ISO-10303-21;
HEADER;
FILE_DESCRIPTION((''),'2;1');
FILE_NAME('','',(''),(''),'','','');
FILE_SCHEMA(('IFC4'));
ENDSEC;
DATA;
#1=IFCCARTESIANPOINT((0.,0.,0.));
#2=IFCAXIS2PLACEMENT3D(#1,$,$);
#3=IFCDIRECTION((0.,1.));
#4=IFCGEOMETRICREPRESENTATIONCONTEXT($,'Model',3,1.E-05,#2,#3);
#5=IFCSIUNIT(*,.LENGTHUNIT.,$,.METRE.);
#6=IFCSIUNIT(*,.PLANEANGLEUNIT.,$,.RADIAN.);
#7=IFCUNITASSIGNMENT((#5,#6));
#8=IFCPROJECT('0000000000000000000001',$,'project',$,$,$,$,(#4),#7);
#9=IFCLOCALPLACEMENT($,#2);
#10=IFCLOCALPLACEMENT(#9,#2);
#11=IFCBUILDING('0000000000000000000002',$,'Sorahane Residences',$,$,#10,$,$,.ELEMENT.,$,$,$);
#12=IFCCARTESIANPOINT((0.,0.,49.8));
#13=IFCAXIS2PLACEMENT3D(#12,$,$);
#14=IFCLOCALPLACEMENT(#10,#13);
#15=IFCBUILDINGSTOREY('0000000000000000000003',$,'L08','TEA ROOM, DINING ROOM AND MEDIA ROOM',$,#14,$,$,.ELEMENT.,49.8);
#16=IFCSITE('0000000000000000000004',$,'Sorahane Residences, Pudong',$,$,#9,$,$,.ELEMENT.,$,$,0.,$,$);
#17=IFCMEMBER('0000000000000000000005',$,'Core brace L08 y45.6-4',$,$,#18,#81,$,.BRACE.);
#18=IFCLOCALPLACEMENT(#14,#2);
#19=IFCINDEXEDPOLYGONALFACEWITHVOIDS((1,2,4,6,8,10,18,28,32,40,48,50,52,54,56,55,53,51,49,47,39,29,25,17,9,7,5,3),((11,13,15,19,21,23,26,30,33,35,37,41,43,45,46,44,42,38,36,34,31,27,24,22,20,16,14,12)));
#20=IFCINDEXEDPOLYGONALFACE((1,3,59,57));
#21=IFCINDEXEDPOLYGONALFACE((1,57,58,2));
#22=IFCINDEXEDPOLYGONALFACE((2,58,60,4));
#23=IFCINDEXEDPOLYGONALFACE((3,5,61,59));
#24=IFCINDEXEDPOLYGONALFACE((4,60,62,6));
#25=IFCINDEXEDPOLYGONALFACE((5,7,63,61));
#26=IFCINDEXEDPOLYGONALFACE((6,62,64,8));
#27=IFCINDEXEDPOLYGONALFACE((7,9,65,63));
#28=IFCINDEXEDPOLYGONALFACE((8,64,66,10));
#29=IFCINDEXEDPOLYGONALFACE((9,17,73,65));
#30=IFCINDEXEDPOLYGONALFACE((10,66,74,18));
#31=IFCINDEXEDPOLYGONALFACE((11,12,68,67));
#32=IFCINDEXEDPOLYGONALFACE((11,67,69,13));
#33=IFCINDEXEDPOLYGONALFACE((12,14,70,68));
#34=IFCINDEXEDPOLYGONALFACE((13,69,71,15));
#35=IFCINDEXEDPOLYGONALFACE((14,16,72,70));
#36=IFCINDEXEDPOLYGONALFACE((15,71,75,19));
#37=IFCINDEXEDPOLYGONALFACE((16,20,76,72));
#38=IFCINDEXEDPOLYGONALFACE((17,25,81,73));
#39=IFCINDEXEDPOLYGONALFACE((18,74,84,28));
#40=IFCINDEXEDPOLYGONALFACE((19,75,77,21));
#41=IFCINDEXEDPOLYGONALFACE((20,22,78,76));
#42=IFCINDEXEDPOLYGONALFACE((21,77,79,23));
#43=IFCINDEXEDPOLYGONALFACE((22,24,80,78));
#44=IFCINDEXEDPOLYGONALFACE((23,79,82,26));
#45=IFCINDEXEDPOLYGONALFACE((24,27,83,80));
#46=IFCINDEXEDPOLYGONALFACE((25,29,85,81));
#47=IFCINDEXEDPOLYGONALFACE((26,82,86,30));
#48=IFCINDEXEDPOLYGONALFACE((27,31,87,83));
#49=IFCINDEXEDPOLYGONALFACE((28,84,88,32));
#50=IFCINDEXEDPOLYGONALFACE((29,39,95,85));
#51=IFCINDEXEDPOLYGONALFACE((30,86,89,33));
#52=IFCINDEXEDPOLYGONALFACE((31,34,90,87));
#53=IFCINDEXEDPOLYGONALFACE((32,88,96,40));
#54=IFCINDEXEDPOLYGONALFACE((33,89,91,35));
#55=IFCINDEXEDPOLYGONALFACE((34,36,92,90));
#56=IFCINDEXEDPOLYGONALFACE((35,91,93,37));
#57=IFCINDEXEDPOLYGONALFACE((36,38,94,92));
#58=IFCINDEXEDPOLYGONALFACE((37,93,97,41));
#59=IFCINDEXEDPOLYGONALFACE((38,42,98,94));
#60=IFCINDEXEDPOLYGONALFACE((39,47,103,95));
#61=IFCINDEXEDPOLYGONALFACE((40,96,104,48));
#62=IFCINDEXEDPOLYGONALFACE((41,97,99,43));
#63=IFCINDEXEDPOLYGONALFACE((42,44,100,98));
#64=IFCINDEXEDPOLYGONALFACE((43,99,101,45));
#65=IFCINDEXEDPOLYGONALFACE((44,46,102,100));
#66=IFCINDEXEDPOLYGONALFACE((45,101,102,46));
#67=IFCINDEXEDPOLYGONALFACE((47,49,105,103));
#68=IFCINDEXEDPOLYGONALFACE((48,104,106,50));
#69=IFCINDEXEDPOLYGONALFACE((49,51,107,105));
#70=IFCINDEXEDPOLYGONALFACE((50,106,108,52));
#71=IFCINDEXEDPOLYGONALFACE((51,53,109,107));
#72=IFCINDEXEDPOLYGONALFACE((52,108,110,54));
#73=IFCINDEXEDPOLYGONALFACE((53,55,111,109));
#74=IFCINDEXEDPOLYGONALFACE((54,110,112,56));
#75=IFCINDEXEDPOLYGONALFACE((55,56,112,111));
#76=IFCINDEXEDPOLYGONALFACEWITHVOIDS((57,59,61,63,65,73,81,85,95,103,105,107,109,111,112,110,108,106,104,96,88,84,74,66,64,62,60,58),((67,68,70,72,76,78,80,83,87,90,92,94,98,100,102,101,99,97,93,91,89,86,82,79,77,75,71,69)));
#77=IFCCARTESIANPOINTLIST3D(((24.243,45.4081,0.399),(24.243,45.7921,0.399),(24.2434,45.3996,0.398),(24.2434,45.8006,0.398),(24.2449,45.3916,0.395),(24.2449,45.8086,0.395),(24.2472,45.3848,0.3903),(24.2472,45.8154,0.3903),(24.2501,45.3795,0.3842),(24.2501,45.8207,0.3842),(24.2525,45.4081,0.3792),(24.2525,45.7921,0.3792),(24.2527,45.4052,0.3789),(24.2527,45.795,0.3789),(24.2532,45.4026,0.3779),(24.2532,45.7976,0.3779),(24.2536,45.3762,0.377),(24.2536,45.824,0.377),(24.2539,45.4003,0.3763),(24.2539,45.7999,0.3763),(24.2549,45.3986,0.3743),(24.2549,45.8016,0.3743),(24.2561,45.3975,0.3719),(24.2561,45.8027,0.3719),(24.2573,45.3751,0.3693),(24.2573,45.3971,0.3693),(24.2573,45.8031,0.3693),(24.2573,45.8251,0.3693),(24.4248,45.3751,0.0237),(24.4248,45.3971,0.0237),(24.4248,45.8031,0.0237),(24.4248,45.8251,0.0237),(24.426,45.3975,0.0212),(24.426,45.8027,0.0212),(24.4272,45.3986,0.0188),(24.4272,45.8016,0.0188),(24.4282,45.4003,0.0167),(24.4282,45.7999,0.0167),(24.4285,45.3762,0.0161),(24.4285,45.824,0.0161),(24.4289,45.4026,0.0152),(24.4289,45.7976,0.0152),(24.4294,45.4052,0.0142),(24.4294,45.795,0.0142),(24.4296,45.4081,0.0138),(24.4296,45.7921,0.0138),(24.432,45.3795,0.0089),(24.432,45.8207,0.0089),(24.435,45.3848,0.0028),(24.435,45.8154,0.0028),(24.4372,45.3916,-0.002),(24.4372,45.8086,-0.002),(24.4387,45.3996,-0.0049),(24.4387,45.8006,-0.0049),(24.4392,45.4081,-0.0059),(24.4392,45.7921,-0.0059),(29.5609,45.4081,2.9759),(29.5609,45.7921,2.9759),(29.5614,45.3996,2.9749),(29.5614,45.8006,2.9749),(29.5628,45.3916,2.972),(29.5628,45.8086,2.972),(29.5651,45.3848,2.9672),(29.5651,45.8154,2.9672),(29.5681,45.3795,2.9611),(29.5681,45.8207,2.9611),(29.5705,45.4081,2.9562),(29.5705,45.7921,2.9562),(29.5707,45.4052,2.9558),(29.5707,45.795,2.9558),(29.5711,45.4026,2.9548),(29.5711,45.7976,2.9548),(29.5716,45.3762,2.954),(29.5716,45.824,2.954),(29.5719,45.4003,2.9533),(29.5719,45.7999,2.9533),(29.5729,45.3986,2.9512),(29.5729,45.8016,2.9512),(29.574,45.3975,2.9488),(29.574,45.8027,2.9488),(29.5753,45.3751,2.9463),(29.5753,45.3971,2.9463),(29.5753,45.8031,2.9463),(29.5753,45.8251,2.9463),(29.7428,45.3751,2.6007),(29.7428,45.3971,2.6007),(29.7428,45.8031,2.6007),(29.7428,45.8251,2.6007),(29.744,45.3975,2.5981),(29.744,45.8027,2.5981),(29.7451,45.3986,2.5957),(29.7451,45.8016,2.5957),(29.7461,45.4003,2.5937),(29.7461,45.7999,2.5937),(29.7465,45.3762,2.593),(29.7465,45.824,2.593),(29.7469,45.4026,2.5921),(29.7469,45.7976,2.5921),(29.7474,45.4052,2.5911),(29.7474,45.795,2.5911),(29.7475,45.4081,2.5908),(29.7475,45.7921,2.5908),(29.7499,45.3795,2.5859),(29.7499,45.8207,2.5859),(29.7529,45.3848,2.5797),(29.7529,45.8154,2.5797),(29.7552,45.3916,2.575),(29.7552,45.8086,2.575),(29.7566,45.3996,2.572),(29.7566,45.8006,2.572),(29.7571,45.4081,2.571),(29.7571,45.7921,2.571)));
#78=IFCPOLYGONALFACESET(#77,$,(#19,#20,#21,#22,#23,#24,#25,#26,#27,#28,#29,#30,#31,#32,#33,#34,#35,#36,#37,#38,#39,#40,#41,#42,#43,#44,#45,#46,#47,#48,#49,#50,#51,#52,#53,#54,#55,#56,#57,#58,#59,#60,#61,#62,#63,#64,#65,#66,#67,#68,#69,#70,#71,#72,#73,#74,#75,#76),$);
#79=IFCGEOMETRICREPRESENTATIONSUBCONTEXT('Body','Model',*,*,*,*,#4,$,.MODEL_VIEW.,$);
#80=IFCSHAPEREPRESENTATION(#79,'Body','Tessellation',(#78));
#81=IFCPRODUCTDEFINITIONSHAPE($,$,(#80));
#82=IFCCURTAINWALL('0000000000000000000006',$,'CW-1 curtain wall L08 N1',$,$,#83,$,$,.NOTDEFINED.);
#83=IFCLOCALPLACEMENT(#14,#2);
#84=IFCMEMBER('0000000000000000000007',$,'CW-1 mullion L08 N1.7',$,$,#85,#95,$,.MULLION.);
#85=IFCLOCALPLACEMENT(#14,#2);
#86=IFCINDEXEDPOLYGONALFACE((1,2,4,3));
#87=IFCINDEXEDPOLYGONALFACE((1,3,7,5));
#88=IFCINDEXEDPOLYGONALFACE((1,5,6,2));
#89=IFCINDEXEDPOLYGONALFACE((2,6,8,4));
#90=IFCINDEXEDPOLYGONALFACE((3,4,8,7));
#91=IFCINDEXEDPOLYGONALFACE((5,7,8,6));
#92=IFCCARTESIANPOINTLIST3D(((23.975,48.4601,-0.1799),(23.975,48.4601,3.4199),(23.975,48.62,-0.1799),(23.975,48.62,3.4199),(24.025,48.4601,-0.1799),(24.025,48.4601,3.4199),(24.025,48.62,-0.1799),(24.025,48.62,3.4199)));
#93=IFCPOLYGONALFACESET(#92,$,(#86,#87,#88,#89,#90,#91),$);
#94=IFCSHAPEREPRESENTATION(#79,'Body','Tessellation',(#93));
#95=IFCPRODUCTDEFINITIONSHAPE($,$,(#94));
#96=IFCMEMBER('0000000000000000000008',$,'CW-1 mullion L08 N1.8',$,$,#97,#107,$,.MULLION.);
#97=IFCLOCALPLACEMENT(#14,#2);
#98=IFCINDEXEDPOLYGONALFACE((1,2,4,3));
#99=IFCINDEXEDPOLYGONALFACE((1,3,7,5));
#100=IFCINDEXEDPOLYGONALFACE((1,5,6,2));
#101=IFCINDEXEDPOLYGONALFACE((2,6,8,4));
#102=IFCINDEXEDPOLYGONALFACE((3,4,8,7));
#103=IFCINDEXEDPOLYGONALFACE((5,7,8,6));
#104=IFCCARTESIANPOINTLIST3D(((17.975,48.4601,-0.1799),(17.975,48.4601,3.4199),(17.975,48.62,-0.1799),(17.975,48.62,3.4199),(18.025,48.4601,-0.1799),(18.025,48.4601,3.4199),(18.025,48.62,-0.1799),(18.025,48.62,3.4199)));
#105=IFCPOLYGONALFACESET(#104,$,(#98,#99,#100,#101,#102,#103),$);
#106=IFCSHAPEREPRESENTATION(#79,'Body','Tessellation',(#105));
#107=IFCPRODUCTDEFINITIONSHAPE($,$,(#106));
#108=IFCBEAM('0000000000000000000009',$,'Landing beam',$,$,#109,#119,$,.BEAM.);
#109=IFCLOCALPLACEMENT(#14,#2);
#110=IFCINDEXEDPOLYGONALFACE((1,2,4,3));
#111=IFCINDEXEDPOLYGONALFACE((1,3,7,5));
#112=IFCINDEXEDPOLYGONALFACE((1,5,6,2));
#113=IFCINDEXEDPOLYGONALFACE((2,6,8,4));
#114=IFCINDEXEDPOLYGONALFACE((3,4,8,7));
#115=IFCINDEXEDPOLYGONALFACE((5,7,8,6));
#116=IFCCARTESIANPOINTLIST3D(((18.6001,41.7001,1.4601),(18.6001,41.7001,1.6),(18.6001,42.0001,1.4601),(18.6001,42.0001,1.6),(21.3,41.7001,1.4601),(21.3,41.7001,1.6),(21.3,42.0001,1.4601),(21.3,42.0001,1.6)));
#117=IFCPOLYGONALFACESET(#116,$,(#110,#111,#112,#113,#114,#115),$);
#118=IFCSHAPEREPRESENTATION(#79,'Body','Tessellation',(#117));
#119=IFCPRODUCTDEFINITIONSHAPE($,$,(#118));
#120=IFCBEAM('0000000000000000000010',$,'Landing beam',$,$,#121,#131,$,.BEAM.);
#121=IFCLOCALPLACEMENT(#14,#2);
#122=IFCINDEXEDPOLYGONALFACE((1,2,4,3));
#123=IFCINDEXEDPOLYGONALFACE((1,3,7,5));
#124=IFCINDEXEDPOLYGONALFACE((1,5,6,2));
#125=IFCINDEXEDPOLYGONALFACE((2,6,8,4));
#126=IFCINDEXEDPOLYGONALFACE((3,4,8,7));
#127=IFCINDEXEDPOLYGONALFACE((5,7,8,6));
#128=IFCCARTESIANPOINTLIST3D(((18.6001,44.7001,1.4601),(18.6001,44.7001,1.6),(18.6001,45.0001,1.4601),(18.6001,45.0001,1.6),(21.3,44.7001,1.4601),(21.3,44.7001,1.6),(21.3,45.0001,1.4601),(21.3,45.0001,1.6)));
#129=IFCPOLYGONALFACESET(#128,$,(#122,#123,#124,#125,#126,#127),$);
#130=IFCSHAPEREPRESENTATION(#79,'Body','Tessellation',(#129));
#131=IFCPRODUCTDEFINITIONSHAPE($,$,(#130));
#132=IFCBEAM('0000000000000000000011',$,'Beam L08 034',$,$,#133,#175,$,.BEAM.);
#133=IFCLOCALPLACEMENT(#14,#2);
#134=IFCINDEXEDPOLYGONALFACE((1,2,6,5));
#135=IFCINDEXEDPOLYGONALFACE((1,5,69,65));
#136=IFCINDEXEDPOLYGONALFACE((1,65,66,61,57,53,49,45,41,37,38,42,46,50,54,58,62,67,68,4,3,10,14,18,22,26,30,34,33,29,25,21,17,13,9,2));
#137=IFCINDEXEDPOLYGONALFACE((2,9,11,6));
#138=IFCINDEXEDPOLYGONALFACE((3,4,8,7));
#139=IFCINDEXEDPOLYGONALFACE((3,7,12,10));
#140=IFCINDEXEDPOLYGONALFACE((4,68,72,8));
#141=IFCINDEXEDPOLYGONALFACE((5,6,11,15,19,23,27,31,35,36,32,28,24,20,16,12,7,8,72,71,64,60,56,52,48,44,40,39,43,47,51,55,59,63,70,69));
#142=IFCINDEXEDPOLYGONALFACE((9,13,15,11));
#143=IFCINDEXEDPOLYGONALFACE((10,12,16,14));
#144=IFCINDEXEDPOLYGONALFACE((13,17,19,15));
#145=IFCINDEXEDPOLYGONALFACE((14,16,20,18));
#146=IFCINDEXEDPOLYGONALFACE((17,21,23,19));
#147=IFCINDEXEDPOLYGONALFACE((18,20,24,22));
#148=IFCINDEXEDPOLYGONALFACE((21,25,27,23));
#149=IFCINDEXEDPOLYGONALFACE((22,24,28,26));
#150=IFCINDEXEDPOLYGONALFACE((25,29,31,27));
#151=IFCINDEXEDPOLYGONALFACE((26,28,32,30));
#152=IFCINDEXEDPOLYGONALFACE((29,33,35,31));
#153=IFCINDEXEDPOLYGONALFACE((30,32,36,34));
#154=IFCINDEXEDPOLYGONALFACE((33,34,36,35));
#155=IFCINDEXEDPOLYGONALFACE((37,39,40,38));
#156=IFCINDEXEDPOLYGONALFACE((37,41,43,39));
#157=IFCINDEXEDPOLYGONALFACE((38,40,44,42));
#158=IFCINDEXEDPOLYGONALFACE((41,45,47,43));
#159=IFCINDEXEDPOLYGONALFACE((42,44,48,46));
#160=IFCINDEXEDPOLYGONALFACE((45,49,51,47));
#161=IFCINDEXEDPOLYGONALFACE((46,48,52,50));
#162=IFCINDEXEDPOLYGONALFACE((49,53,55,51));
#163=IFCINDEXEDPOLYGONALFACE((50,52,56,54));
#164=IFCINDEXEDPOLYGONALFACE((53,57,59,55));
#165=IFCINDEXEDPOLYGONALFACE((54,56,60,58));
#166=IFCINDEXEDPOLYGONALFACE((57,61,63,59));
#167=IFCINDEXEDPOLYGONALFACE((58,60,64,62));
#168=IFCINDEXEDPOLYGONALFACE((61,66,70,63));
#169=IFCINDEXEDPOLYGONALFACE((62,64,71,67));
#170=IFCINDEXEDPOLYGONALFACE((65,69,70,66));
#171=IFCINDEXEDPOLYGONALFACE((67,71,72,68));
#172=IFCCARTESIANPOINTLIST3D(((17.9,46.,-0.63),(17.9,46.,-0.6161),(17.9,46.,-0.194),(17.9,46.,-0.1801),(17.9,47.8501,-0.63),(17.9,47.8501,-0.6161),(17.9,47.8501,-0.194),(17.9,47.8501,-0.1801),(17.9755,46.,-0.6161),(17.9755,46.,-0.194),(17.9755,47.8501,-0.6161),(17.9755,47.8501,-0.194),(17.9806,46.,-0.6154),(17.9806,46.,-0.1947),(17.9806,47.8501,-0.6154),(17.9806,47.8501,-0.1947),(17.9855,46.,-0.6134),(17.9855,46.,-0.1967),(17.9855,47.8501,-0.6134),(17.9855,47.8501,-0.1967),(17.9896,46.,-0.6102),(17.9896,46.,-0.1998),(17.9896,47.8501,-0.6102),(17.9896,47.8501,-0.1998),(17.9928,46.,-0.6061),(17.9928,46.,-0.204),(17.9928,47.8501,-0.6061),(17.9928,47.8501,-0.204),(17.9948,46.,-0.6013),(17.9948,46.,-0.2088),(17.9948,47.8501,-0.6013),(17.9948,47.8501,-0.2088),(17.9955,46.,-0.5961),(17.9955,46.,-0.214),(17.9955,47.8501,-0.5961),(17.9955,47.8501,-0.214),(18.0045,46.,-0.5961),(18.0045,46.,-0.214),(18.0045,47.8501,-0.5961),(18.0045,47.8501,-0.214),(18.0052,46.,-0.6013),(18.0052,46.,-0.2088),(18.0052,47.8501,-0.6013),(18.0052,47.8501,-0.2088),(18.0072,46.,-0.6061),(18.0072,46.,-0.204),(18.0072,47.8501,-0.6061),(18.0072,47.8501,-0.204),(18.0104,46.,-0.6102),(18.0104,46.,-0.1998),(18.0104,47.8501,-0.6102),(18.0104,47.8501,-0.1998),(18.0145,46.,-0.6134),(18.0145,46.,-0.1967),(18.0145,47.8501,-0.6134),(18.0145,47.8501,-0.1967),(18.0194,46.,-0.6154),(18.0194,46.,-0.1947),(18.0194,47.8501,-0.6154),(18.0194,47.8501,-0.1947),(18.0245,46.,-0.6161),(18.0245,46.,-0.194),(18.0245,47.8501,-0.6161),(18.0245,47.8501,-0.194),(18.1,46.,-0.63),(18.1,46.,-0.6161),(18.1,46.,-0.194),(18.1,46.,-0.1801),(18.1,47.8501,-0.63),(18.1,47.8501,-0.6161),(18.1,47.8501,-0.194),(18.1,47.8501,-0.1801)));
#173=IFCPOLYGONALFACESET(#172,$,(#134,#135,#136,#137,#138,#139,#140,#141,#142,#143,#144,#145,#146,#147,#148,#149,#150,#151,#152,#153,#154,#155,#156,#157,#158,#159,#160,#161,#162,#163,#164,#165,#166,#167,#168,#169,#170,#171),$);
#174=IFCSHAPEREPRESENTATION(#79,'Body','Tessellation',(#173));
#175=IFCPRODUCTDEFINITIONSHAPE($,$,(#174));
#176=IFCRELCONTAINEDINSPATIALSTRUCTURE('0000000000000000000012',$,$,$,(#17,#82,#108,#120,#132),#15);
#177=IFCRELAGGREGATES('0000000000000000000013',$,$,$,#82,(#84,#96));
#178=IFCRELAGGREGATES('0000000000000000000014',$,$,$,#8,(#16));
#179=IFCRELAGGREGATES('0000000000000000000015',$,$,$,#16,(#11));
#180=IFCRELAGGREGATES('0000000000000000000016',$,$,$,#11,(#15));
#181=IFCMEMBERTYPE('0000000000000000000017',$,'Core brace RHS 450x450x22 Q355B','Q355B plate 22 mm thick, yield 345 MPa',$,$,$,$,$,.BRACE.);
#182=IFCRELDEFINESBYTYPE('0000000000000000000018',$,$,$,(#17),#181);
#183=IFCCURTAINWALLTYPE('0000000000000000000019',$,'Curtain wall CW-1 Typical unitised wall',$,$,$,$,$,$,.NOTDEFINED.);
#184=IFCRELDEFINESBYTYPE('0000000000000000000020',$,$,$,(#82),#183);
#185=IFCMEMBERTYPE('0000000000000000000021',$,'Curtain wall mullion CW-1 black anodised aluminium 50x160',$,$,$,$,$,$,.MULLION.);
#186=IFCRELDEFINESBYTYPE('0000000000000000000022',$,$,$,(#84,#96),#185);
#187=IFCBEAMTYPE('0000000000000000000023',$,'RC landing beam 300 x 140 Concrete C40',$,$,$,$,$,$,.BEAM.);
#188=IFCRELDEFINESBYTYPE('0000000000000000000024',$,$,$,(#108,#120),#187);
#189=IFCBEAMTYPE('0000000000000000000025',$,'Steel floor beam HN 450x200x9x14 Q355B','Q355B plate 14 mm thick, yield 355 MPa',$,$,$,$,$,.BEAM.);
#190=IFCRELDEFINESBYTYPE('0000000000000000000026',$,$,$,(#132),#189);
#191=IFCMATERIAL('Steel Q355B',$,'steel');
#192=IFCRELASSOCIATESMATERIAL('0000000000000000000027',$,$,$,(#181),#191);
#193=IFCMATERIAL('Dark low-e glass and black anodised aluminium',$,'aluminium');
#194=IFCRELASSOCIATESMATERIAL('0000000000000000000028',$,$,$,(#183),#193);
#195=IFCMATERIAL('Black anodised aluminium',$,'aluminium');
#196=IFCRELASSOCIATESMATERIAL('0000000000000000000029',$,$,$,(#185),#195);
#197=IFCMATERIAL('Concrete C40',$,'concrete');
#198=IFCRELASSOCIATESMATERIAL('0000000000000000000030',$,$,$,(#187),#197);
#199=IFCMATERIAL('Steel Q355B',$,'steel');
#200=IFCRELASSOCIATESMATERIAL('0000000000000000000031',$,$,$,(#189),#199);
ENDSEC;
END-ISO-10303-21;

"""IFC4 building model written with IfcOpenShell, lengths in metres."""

from ifc_helpers import new_model, si_unit, direction, frame, origin, origin_2d, place, context, subcontext, project, spatial, rectangle, hollow_rectangle, i_section, extrude, material, material_profile, profile_set, type_object, element, aggregate, save


model = new_model("IFC4")

# Units and contexts
model_context = context("Model", 3, precision=1e-05, world=origin(), true_north=direction((0.0, 1.0)))
body_context = subcontext(model_context, "Body", "Model", "MODEL_VIEW")
ifc_project = project(units=[si_unit("LENGTHUNIT", "METRE"), si_unit("PLANEANGLEUNIT", "RADIAN")], contexts=[model_context])

# Site, building, storey
site_placement = place(None, origin())
site = spatial("IfcSite", under=ifc_project, at=site_placement, Name="Sorahane Residences, Pudong", CompositionType="ELEMENT", RefElevation=0.0)
building_placement = place(site_placement, origin())
building = spatial("IfcBuilding", under=site, at=building_placement, Name="Sorahane Residences", CompositionType="ELEMENT")
storey_placement = place(building_placement, frame((0.0, 0.0, 49.8)))
storey = spatial("IfcBuildingStorey", under=building, at=storey_placement, Name="L08", Description="TEA ROOM, DINING ROOM AND MEDIA ROOM", CompositionType="ELEMENT", Elevation=49.8)

# Member
ifc_material_1 = material(Name="Steel Q355B", Category="steel")
ifc_material_profile_1 = material_profile(ifc_material_1, hollow_rectangle(XDim=0.45, YDim=0.45, WallThickness=0.022, InnerFilletRadius=0.011, OuterFilletRadius=0.033, at=origin_2d()), Name="RHS 450x450x22")
ifc_profile_set_1 = profile_set([ifc_material_profile_1], Name="Steel Q355B")
member_type_1 = type_object("IfcMemberType", Name="Core brace RHS 450x450x22 Q355B", Description="Q355B plate 22 mm thick, yield 345 MPa", PredefinedType="BRACE", material=ifc_profile_set_1)
for number, where, z_axis, x_axis, name in (
    (1, (24.3411, 45.6001, 0.1965), (0.899911, 0.0, 0.436074), (0.0, 1.0, 0.0), "Core brace L08 y45.6-4"),
):
    element("IfcMember", number, at=place(storey_placement, frame(where, z_axis=z_axis, x_axis=x_axis)), inside=storey, type_object=member_type_1, Name=name, PredefinedType="BRACE", context=body_context, shape_type="SweptSolid", body=[
        extrude(hollow_rectangle(XDim=0.45, YDim=0.45, WallThickness=0.022, InnerFilletRadius=0.011, OuterFilletRadius=0.033, at=origin_2d()), origin(), (0.0, 0.0, 1.0), 5.9094),
    ])

# Curtain wall, members
ifc_material_2 = material(Name="Dark low-e glass and black anodised aluminium", Category="aluminium")
curtain_wall_type = type_object("IfcCurtainWallType", Name="Curtain wall CW-1 Typical unitised wall", PredefinedType="NOTDEFINED", material=ifc_material_2)
curtain_wall_placement = place(storey_placement, origin())
curtain_wall = element("IfcCurtainWall", 2, at=curtain_wall_placement, inside=storey, type_object=curtain_wall_type, Name="CW-1 curtain wall L08 N1", PredefinedType="NOTDEFINED")
ifc_material_3 = material(Name="Black anodised aluminium", Category="aluminium")
ifc_material_profile_2 = material_profile(ifc_material_3, rectangle(XDim=0.1599, YDim=0.05, at=origin_2d()), Name="Curtain wall mullion CW-1 black anodised aluminium 50x160")
ifc_profile_set_2 = profile_set([ifc_material_profile_2], Name="Black anodised aluminium")
member_type_2 = type_object("IfcMemberType", Name="Curtain wall mullion CW-1 black anodised aluminium 50x160", PredefinedType="MULLION", material=ifc_profile_set_2)
member_1_placement = place(storey_placement, frame((24.0, 48.54, -0.1799), z_axis=(0.0, 0.0, 1.0), x_axis=(0.0, 1.0, 0.0)))
member_1 = element("IfcMember", 3, at=member_1_placement, type_object=member_type_2, Name="CW-1 mullion L08 N1.7", PredefinedType="MULLION", context=body_context, shape_type="SweptSolid", body=[
    extrude(rectangle(XDim=0.1599, YDim=0.05, at=origin_2d()), origin(), (0.0, 0.0, 1.0), 3.5999),
])
member_2_placement = place(storey_placement, frame((18.0, 48.54, -0.1799), z_axis=(0.0, 0.0, 1.0), x_axis=(0.0, 1.0, 0.0)))
member_2 = element("IfcMember", 4, at=member_2_placement, type_object=member_type_2, Name="CW-1 mullion L08 N1.8", PredefinedType="MULLION", context=body_context, shape_type="SweptSolid", body=[
    extrude(rectangle(XDim=0.1599, YDim=0.05, at=origin_2d()), origin(), (0.0, 0.0, 1.0), 3.5999),
])

# Beams
ifc_material_4 = material(Name="Concrete C40", Category="concrete")
ifc_material_profile_3 = material_profile(ifc_material_4, rectangle(XDim=0.3, YDim=0.1399, at=origin_2d()), Name="300x140")
ifc_profile_set_3 = profile_set([ifc_material_profile_3], Name="Concrete C40")
beam_type_1 = type_object("IfcBeamType", Name="RC landing beam 300 x 140 Concrete C40", PredefinedType="BEAM", material=ifc_profile_set_3)
for number, where, z_axis, x_axis, name in (
    (5, (18.6001, 41.8501, 1.53), (1.0, 0.0, 0.0), (0.0, 1.0, 0.0), "Landing beam"),
    (6, (18.6001, 44.8501, 1.53), (1.0, 0.0, 0.0), (0.0, 1.0, 0.0), "Landing beam"),
):
    element("IfcBeam", number, at=place(storey_placement, frame(where, z_axis=z_axis, x_axis=x_axis)), inside=storey, type_object=beam_type_1, Name=name, PredefinedType="BEAM", context=body_context, shape_type="SweptSolid", body=[
        extrude(rectangle(XDim=0.3, YDim=0.1399, at=origin_2d()), origin(), (0.0, 0.0, 1.0), 2.7),
    ])
ifc_material_5 = material(Name="Steel Q355B", Category="steel")
ifc_material_profile_4 = material_profile(ifc_material_5, i_section(OverallWidth=0.2, OverallDepth=0.45, WebThickness=0.009, FlangeThickness=0.0139, FilletRadius=0.02, at=origin_2d()), Name="HN 450x200x9x14")
ifc_profile_set_4 = profile_set([ifc_material_profile_4], Name="Steel Q355B")
beam_type_2 = type_object("IfcBeamType", Name="Steel floor beam HN 450x200x9x14 Q355B", Description="Q355B plate 14 mm thick, yield 355 MPa", PredefinedType="BEAM", material=ifc_profile_set_4)
beam_1_placement = place(storey_placement, frame((18.0, 46.0, -0.405), z_axis=(0.0, 1.0, 0.0), x_axis=(-1.0, 0.0, 0.0)))
element("IfcBeam", 7, at=beam_1_placement, inside=storey, type_object=beam_type_2, Name="Beam L08 034", PredefinedType="BEAM", context=body_context, shape_type="SweptSolid", body=[
    extrude(i_section(OverallWidth=0.2, OverallDepth=0.45, WebThickness=0.009, FlangeThickness=0.0139, FilletRadius=0.02, at=origin_2d()), origin(), (0.0, 0.0, 1.0), 1.8501),
])

aggregate(curtain_wall, [member_1, member_2])

save(model, "model.ifc")
